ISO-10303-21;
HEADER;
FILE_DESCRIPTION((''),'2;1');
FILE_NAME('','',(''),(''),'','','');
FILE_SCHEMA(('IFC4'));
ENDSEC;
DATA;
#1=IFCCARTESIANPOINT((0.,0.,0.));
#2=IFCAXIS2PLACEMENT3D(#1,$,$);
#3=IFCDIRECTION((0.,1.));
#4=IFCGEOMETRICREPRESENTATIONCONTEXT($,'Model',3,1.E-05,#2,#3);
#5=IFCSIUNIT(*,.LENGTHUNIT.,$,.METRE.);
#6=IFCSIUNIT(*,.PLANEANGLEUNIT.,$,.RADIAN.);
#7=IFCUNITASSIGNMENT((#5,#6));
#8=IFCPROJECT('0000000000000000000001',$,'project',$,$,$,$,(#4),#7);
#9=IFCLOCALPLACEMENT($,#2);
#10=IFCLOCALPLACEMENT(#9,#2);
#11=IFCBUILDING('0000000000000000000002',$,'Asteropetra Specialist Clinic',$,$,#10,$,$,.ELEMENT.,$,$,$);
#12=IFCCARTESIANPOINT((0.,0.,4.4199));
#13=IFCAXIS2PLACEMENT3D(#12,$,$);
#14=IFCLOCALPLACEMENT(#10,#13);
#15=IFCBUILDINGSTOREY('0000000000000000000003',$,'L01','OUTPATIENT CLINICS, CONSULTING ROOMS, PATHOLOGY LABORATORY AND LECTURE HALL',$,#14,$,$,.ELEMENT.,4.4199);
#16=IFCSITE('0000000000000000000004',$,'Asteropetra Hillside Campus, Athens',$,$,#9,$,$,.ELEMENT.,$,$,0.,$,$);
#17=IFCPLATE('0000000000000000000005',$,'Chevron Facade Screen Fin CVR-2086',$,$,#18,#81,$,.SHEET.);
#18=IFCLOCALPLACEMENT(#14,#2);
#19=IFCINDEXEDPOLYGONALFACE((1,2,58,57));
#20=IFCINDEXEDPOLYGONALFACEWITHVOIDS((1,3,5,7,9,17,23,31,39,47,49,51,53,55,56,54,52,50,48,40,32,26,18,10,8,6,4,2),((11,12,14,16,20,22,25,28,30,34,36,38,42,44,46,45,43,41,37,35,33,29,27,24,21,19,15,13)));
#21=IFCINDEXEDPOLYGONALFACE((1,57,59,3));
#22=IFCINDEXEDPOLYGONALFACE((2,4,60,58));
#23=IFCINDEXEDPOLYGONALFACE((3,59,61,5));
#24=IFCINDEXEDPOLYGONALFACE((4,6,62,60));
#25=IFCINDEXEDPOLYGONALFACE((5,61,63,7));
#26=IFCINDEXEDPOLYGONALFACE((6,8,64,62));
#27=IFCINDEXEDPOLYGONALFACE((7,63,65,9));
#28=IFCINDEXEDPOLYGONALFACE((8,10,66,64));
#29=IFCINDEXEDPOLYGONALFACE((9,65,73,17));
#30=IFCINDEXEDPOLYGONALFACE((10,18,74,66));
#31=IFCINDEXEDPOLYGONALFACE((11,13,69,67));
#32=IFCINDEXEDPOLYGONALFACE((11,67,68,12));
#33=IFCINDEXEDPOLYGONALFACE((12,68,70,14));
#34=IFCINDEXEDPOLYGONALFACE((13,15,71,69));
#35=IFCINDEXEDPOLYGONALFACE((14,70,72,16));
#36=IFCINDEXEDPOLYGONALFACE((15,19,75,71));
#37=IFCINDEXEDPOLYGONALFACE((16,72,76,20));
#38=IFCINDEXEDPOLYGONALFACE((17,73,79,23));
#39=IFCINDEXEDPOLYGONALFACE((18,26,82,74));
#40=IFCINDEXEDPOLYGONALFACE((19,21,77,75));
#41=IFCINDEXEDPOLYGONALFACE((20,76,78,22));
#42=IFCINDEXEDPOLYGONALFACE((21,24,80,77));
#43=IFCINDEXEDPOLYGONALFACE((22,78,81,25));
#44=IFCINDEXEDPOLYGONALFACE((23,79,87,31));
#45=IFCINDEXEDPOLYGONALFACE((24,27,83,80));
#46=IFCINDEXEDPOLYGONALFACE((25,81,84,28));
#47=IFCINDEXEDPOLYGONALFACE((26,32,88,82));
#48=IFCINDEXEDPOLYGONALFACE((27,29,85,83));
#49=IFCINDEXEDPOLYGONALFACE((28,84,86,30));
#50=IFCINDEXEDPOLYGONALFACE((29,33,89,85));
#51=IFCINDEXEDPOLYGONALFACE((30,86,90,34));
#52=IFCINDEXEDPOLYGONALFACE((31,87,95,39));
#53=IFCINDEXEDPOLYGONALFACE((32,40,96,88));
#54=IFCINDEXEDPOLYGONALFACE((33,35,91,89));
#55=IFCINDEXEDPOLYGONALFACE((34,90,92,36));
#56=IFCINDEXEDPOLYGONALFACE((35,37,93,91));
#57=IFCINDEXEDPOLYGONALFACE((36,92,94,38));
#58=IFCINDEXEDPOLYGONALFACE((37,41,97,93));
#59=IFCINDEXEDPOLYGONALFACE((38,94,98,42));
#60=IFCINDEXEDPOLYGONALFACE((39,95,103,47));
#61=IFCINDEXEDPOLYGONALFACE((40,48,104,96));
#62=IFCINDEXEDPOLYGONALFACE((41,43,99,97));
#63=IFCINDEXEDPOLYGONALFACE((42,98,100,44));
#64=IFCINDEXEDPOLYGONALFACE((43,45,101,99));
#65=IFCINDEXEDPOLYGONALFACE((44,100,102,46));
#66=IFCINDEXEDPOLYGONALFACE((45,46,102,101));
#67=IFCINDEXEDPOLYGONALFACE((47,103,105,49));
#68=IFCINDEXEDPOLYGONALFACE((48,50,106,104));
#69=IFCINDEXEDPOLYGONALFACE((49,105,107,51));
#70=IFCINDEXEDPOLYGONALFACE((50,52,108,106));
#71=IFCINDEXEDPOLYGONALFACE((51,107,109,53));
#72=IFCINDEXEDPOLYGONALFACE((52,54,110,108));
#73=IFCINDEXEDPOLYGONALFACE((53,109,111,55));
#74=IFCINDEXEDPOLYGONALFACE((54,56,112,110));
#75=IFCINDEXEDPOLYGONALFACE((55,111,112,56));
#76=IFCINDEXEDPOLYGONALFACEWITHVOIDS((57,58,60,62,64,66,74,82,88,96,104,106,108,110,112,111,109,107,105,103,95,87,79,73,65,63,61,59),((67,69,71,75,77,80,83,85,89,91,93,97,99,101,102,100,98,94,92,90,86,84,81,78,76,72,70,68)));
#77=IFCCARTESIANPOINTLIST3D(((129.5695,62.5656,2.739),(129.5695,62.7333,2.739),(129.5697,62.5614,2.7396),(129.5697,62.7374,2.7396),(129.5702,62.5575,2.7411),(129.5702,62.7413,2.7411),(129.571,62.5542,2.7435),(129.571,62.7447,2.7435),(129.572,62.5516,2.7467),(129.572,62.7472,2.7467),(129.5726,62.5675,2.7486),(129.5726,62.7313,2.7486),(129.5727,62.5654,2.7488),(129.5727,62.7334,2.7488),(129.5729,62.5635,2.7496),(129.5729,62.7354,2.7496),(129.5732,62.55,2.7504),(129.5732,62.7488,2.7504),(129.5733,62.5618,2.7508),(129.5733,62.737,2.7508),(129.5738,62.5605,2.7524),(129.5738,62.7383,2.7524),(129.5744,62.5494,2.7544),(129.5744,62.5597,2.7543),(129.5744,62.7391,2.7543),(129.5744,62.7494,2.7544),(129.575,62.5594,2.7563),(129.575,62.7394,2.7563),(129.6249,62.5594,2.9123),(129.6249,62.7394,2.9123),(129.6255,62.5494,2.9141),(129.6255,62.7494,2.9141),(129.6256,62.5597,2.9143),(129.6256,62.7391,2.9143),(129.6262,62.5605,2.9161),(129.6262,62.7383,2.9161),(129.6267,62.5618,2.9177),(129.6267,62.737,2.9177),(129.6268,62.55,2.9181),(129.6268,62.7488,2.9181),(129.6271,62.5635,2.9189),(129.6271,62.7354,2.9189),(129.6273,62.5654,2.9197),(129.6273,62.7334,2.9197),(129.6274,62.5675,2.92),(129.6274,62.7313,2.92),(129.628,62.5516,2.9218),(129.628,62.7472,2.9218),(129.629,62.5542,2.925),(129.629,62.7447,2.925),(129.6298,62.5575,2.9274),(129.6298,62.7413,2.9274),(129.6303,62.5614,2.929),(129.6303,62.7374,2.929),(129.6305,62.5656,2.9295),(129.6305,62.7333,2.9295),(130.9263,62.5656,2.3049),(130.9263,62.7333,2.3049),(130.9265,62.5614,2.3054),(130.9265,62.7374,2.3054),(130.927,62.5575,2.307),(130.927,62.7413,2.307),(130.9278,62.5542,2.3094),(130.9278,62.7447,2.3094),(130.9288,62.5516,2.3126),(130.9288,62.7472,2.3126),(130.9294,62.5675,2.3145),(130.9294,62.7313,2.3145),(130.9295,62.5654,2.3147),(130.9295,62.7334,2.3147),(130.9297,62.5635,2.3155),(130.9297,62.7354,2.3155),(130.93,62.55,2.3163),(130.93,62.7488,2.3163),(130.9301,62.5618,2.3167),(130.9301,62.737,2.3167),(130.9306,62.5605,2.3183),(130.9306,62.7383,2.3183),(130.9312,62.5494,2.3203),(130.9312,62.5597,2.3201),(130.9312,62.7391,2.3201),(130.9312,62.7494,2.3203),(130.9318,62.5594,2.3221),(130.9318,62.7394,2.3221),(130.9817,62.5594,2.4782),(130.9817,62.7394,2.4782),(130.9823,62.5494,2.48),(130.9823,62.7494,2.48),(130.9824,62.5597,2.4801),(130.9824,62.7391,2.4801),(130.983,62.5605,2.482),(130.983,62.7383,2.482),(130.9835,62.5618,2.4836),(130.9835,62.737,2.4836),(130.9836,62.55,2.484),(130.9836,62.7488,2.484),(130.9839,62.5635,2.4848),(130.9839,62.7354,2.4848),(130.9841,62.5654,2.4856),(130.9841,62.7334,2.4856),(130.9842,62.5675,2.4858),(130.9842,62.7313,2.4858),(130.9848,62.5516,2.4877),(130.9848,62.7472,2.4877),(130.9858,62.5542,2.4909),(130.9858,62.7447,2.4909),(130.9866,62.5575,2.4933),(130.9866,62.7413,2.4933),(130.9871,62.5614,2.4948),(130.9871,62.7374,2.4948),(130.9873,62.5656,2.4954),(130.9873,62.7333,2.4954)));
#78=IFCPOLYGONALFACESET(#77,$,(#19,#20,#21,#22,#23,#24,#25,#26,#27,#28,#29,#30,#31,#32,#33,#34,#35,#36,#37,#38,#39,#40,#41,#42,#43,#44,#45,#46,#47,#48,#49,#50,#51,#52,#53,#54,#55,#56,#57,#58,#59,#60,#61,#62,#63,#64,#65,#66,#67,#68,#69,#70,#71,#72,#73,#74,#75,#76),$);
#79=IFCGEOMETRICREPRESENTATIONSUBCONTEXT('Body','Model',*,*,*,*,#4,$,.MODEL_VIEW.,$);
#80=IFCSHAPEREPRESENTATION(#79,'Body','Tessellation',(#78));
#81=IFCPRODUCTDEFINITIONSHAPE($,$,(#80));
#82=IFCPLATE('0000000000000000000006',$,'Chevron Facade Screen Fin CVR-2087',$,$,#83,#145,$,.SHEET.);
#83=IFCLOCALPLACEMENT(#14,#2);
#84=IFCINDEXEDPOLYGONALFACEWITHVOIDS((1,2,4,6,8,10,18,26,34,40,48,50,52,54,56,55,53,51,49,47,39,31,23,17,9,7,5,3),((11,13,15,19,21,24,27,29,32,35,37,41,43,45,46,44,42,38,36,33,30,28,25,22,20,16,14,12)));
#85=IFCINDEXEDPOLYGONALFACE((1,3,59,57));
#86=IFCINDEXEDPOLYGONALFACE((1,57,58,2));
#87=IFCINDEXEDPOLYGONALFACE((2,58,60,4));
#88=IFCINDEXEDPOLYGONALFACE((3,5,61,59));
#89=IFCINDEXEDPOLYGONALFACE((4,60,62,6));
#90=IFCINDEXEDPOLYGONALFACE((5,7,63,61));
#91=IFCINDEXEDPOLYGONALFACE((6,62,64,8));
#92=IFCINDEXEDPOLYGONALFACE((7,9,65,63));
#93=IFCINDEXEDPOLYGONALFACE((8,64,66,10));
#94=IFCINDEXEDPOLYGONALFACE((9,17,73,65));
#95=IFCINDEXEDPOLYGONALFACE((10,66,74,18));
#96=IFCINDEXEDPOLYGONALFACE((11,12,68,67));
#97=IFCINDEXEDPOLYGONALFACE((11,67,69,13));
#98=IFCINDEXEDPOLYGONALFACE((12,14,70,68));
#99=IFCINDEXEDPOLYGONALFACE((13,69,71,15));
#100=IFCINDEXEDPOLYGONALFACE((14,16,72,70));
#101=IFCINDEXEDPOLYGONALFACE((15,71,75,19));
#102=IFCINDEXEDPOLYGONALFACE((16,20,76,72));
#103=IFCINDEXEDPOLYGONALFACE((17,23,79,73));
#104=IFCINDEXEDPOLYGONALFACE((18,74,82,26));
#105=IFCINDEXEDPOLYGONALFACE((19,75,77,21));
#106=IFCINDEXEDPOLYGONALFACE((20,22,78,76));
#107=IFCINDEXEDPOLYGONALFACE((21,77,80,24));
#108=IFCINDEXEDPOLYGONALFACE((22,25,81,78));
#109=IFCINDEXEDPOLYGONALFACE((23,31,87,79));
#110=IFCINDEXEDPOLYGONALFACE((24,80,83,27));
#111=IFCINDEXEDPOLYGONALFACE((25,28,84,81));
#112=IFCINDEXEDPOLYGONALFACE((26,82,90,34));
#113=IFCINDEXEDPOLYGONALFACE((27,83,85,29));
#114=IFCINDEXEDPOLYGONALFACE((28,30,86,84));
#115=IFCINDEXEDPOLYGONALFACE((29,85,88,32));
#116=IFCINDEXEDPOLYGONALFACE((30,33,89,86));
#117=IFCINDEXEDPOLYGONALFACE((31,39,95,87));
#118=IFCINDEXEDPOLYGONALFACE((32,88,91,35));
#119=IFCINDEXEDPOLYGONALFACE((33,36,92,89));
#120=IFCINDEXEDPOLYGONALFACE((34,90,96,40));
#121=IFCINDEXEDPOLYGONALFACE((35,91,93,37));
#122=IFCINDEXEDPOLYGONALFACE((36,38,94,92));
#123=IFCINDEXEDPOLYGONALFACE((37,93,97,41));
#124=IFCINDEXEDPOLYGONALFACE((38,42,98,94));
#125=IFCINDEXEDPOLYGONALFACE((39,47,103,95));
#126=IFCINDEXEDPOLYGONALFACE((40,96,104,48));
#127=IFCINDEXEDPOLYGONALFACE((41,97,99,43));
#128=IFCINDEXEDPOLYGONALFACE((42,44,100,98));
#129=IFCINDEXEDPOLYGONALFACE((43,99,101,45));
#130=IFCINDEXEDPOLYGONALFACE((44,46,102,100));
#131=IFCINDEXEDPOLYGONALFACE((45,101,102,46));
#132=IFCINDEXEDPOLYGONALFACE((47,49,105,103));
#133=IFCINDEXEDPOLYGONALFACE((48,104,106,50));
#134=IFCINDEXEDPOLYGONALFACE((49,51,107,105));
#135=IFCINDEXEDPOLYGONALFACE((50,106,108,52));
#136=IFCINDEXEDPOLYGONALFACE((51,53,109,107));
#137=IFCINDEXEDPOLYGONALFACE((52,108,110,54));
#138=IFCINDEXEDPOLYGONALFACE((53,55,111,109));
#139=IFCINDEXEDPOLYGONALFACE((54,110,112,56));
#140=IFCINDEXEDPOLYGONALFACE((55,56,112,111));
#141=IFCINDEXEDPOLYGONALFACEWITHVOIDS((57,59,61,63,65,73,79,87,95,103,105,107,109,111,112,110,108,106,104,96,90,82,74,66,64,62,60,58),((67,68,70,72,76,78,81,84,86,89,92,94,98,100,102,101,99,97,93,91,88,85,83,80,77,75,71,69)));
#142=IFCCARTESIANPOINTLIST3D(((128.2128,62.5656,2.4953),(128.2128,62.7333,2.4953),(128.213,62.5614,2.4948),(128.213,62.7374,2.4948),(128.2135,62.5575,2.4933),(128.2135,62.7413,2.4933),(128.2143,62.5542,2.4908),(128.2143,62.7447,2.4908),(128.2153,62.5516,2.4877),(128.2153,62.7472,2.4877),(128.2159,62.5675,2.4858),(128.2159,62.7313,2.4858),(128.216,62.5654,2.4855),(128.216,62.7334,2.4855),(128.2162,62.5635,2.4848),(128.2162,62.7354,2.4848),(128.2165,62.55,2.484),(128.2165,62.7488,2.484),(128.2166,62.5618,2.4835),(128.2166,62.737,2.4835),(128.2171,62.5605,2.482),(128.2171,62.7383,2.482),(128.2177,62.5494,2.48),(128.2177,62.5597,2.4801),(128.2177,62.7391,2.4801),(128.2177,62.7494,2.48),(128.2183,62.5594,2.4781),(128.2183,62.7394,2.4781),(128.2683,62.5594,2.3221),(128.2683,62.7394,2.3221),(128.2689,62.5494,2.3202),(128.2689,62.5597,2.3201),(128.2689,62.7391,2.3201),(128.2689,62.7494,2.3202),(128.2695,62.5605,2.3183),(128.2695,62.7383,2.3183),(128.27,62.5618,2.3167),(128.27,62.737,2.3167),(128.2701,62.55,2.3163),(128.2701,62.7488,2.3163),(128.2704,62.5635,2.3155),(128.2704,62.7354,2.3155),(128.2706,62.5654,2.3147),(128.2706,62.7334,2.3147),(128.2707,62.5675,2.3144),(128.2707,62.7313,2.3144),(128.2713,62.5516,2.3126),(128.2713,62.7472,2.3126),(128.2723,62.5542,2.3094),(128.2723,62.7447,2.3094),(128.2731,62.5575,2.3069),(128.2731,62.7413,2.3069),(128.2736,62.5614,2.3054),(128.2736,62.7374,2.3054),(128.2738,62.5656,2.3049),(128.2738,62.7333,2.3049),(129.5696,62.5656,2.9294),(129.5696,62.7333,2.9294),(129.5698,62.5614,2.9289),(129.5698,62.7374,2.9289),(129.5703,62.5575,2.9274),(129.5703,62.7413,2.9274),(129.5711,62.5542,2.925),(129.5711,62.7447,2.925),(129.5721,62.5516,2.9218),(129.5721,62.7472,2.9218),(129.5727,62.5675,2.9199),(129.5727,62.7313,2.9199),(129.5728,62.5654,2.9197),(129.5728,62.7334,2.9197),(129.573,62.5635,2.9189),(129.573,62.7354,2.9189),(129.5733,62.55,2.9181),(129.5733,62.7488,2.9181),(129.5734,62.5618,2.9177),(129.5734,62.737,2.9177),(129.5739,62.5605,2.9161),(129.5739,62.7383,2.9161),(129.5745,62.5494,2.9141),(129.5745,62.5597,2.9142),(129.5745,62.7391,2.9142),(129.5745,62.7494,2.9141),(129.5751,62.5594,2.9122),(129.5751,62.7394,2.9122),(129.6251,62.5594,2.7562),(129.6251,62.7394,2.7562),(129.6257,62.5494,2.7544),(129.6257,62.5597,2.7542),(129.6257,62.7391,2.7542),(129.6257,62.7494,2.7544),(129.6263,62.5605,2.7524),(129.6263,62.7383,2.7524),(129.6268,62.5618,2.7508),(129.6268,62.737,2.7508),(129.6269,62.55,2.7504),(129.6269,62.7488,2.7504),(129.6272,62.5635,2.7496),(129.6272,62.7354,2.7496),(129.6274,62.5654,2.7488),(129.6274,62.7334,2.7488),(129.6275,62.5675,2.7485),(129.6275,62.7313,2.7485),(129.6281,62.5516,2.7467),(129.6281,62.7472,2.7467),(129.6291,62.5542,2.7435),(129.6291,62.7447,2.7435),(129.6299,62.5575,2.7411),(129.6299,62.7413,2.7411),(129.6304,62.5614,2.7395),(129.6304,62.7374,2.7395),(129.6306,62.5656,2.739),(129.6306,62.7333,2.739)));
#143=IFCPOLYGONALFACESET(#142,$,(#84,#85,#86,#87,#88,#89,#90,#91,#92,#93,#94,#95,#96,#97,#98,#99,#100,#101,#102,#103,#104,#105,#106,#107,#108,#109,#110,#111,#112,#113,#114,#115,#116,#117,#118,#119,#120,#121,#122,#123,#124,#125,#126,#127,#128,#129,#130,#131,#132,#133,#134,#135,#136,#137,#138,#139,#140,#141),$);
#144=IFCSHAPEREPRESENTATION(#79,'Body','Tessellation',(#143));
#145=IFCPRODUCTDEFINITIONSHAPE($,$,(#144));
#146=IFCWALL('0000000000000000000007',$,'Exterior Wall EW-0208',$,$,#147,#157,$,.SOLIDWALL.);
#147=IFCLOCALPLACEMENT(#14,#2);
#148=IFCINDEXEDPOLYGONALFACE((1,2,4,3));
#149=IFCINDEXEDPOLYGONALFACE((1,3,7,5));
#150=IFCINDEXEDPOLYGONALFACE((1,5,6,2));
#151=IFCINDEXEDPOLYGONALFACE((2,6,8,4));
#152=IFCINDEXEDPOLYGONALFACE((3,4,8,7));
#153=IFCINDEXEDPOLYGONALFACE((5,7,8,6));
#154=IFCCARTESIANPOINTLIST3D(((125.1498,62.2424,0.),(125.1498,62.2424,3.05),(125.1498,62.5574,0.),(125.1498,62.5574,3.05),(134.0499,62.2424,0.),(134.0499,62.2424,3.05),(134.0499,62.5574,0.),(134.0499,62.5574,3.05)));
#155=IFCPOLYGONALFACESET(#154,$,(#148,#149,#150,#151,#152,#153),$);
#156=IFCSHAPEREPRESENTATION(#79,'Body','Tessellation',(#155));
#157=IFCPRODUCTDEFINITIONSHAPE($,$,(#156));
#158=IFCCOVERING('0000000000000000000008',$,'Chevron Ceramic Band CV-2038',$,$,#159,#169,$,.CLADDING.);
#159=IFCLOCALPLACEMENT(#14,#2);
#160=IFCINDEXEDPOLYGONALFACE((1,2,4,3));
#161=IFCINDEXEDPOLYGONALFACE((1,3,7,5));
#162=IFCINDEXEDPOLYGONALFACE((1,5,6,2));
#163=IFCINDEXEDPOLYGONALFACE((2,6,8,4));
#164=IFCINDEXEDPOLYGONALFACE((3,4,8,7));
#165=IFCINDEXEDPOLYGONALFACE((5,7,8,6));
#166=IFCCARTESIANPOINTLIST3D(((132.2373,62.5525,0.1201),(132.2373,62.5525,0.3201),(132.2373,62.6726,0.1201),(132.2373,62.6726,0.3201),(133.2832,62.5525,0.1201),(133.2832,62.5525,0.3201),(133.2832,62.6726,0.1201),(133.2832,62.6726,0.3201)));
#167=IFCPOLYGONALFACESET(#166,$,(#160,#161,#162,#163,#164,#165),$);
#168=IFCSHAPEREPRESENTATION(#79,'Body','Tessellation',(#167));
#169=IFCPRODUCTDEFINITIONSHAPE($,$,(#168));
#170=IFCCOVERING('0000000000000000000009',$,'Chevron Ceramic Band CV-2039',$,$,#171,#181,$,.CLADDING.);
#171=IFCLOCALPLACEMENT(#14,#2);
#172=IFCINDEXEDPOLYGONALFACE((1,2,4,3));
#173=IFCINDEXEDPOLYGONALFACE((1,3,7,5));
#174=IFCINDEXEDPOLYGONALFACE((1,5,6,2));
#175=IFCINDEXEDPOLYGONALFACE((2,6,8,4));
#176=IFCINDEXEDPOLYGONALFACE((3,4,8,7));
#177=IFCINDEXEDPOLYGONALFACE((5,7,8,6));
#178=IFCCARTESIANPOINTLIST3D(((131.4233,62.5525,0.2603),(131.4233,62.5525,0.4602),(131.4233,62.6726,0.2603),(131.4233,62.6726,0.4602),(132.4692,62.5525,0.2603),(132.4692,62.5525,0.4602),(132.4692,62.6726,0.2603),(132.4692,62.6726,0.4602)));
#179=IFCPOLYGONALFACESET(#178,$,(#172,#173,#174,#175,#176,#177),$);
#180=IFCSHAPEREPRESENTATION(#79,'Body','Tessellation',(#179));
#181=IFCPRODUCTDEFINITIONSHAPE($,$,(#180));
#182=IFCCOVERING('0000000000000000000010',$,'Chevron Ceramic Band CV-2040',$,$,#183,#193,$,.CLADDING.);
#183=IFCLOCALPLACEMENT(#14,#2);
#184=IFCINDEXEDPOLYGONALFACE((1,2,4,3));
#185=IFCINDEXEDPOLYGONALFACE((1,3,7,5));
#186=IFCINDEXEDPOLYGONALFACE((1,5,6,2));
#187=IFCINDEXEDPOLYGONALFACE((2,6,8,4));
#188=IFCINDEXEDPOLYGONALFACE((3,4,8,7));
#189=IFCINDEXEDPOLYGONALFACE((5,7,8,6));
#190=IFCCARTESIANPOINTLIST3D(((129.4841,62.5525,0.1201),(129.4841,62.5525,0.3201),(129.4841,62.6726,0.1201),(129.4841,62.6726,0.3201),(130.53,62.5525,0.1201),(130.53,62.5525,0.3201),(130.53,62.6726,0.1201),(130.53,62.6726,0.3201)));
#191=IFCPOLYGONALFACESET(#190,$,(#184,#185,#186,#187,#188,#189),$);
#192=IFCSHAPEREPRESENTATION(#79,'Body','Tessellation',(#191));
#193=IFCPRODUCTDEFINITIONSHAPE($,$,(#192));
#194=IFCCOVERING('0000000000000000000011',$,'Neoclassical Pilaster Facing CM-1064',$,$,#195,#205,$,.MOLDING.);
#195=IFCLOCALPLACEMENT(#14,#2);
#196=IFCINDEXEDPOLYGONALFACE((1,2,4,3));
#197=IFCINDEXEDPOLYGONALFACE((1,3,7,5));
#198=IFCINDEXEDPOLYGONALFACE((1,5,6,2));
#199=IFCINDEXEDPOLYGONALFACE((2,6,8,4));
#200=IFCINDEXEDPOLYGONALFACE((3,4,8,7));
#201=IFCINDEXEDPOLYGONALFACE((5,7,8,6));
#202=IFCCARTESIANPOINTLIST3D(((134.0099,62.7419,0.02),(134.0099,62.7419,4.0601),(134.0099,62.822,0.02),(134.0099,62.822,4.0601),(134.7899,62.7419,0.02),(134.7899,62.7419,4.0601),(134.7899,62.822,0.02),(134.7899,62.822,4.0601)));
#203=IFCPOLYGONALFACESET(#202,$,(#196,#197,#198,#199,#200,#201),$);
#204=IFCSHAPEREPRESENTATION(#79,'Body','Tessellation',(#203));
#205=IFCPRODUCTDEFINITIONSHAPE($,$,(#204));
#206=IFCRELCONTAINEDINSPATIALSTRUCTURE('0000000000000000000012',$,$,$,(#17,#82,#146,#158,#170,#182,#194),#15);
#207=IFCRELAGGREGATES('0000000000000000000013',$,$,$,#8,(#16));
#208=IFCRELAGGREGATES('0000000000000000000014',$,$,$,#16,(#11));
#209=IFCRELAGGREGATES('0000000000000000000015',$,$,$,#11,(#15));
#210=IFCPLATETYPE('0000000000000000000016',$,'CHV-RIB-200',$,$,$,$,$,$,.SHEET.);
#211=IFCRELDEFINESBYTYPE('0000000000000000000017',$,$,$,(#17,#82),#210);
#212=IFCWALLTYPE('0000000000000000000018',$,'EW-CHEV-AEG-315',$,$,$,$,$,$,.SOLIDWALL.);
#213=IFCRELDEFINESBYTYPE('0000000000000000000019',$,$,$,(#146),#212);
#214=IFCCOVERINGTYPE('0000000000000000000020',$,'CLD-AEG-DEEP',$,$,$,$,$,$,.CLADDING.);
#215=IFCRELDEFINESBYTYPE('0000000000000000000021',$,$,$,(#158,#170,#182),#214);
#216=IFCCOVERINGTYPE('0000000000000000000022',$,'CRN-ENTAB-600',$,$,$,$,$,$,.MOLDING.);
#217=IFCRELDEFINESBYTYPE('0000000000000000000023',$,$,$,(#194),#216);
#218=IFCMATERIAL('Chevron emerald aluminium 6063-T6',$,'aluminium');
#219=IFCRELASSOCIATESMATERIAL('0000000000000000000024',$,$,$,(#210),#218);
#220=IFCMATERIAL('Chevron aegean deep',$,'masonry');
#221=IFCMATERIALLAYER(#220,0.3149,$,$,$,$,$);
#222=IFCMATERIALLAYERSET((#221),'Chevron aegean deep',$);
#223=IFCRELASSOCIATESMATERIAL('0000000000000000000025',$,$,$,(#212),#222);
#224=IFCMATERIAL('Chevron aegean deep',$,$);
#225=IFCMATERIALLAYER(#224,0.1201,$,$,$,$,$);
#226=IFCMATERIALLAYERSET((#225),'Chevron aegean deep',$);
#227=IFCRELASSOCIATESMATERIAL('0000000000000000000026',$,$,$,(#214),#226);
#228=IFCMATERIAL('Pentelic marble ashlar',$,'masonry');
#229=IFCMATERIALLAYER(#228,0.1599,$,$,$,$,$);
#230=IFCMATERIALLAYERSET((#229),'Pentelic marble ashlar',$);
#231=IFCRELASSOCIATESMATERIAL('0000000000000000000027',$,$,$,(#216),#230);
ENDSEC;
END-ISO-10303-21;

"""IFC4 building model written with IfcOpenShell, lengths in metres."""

from ifc_helpers import new_model, si_unit, direction, frame, frame_2d, origin, origin_2d, place, context, subcontext, project, spatial, rectangle, hollow_rectangle, extrude, material, layer, layer_set, material_profile, profile_set, type_object, element, save


model = new_model("IFC4")

# Units and contexts
model_context = context("Model", 3, precision=1e-05, world=origin(), true_north=direction((0.0, 1.0)))
body_context = subcontext(model_context, "Body", "Model", "MODEL_VIEW")
ifc_project = project(units=[si_unit("LENGTHUNIT", "METRE"), si_unit("PLANEANGLEUNIT", "RADIAN")], contexts=[model_context])

# Site, building, storey
site_placement = place(None, origin())
site = spatial("IfcSite", under=ifc_project, at=site_placement, Name="Asteropetra Hillside Campus, Athens", CompositionType="ELEMENT", RefElevation=0.0)
building_placement = place(site_placement, origin())
building = spatial("IfcBuilding", under=site, at=building_placement, Name="Asteropetra Specialist Clinic", CompositionType="ELEMENT")
storey_placement = place(building_placement, frame((0.0, 0.0, 4.4199)))
storey = spatial("IfcBuildingStorey", under=building, at=storey_placement, Name="L01", Description="OUTPATIENT CLINICS, CONSULTING ROOMS, PATHOLOGY LABORATORY AND LECTURE HALL", CompositionType="ELEMENT", Elevation=4.4199)

# Plates
ifc_material_1 = material(Name="Chevron emerald aluminium 6063-T6", Category="aluminium")
ifc_material_profile_1 = material_profile(ifc_material_1, hollow_rectangle(XDim=0.2, YDim=0.2, WallThickness=0.01, InnerFilletRadius=0.0081, OuterFilletRadius=0.0161, at=origin_2d()), Name="SHS 200x200x10.0")
ifc_profile_set_1 = profile_set([ifc_material_profile_1], Name="Chevron emerald aluminium 6063-T6")
plate_type = type_object("IfcPlateType", Name="CHV-RIB-200", PredefinedType="SHEET", material=ifc_profile_set_1)
for number, where, z_axis, x_axis, name in (
    (1, (130.9568, 62.6494, 2.4001), (-0.952436, 0.0, 0.304738), (0.0, -1.0, 0.0), "Chevron Facade Screen Fin CVR-2086"),
    (2, (129.6001, 62.6494, 2.8342), (-0.952436, 0.0, -0.304738), (0.0, -1.0, 0.0), "Chevron Facade Screen Fin CVR-2087"),
):
    element("IfcPlate", number, at=place(storey_placement, frame(where, z_axis=z_axis, x_axis=x_axis)), inside=storey, type_object=plate_type, Name=name, PredefinedType="SHEET", context=body_context, shape_type="SweptSolid", body=[
        extrude(hollow_rectangle(XDim=0.2, YDim=0.2, WallThickness=0.01, InnerFilletRadius=0.0081, OuterFilletRadius=0.0161, at=origin_2d()), origin(), (0.0, 0.0, 1.0), 1.4246),
    ])

# Wall
ifc_material_2 = material(Name="Chevron aegean deep", Category="masonry")
ifc_layer_1 = layer(ifc_material_2, 0.3149)
ifc_layer_set_1 = layer_set([ifc_layer_1], Name="Chevron aegean deep")
wall_type = type_object("IfcWallType", Name="EW-CHEV-AEG-315", PredefinedType="SOLIDWALL", material=ifc_layer_set_1)
wall_placement = place(storey_placement, frame((134.05, 62.3999, 0.0), z_axis=(0.0, 0.0, 1.0), x_axis=(-1.0, 0.0, 0.0)))
element("IfcWall", 3, at=wall_placement, inside=storey, type_object=wall_type, Name="Exterior Wall EW-0208", PredefinedType="SOLIDWALL", context=body_context, shape_type="SweptSolid", body=[
    extrude(rectangle(XDim=8.9001, YDim=0.3149, at=frame_2d((4.4502, 0.0))), origin(), (0.0, 0.0, 1.0), 3.05),
])

# Coverings
ifc_material_3 = material(Name="Chevron aegean deep")
ifc_layer_2 = layer(ifc_material_3, 0.1201)
ifc_layer_set_2 = layer_set([ifc_layer_2], Name="Chevron aegean deep")
covering_type_1 = type_object("IfcCoveringType", Name="CLD-AEG-DEEP", PredefinedType="CLADDING", material=ifc_layer_set_2)
for number, where, z_axis, x_axis, name in (
    (4, (132.7603, 62.6125, 0.1201), (0.0, 0.0, 1.0), (1.0, 0.0, 0.0), "Chevron Ceramic Band CV-2038"),
    (5, (131.9463, 62.6125, 0.2603), (0.0, 0.0, 1.0), (1.0, 0.0, 0.0), "Chevron Ceramic Band CV-2039"),
    (6, (130.0071, 62.6125, 0.1201), (0.0, 0.0, 1.0), (1.0, 0.0, 0.0), "Chevron Ceramic Band CV-2040"),
):
    element("IfcCovering", number, at=place(storey_placement, frame(where, z_axis=z_axis, x_axis=x_axis)), inside=storey, type_object=covering_type_1, Name=name, PredefinedType="CLADDING", context=body_context, shape_type="SweptSolid", body=[
        extrude(rectangle(XDim=1.0459, YDim=0.1201, at=origin_2d()), origin(), (0.0, 0.0, 1.0), 0.2),
    ])
ifc_material_4 = material(Name="Pentelic marble ashlar", Category="masonry")
ifc_layer_3 = layer(ifc_material_4, 0.1599)
ifc_layer_set_3 = layer_set([ifc_layer_3], Name="Pentelic marble ashlar")
covering_type_2 = type_object("IfcCoveringType", Name="CRN-ENTAB-600", PredefinedType="MOLDING", material=ifc_layer_set_3)
covering_1_placement = place(storey_placement, frame((134.3999, 62.782, 0.02), z_axis=(0.0, 0.0, 1.0), x_axis=(1.0, 0.0, 0.0)))
element("IfcCovering", 7, at=covering_1_placement, inside=storey, type_object=covering_type_2, Name="Neoclassical Pilaster Facing CM-1064", PredefinedType="MOLDING", context=body_context, shape_type="SweptSolid", body=[
    extrude(rectangle(XDim=0.78, YDim=0.0801, at=origin_2d()), origin(), (0.0, 0.0, 1.0), 4.04),
])

save(model, "model.ifc")
